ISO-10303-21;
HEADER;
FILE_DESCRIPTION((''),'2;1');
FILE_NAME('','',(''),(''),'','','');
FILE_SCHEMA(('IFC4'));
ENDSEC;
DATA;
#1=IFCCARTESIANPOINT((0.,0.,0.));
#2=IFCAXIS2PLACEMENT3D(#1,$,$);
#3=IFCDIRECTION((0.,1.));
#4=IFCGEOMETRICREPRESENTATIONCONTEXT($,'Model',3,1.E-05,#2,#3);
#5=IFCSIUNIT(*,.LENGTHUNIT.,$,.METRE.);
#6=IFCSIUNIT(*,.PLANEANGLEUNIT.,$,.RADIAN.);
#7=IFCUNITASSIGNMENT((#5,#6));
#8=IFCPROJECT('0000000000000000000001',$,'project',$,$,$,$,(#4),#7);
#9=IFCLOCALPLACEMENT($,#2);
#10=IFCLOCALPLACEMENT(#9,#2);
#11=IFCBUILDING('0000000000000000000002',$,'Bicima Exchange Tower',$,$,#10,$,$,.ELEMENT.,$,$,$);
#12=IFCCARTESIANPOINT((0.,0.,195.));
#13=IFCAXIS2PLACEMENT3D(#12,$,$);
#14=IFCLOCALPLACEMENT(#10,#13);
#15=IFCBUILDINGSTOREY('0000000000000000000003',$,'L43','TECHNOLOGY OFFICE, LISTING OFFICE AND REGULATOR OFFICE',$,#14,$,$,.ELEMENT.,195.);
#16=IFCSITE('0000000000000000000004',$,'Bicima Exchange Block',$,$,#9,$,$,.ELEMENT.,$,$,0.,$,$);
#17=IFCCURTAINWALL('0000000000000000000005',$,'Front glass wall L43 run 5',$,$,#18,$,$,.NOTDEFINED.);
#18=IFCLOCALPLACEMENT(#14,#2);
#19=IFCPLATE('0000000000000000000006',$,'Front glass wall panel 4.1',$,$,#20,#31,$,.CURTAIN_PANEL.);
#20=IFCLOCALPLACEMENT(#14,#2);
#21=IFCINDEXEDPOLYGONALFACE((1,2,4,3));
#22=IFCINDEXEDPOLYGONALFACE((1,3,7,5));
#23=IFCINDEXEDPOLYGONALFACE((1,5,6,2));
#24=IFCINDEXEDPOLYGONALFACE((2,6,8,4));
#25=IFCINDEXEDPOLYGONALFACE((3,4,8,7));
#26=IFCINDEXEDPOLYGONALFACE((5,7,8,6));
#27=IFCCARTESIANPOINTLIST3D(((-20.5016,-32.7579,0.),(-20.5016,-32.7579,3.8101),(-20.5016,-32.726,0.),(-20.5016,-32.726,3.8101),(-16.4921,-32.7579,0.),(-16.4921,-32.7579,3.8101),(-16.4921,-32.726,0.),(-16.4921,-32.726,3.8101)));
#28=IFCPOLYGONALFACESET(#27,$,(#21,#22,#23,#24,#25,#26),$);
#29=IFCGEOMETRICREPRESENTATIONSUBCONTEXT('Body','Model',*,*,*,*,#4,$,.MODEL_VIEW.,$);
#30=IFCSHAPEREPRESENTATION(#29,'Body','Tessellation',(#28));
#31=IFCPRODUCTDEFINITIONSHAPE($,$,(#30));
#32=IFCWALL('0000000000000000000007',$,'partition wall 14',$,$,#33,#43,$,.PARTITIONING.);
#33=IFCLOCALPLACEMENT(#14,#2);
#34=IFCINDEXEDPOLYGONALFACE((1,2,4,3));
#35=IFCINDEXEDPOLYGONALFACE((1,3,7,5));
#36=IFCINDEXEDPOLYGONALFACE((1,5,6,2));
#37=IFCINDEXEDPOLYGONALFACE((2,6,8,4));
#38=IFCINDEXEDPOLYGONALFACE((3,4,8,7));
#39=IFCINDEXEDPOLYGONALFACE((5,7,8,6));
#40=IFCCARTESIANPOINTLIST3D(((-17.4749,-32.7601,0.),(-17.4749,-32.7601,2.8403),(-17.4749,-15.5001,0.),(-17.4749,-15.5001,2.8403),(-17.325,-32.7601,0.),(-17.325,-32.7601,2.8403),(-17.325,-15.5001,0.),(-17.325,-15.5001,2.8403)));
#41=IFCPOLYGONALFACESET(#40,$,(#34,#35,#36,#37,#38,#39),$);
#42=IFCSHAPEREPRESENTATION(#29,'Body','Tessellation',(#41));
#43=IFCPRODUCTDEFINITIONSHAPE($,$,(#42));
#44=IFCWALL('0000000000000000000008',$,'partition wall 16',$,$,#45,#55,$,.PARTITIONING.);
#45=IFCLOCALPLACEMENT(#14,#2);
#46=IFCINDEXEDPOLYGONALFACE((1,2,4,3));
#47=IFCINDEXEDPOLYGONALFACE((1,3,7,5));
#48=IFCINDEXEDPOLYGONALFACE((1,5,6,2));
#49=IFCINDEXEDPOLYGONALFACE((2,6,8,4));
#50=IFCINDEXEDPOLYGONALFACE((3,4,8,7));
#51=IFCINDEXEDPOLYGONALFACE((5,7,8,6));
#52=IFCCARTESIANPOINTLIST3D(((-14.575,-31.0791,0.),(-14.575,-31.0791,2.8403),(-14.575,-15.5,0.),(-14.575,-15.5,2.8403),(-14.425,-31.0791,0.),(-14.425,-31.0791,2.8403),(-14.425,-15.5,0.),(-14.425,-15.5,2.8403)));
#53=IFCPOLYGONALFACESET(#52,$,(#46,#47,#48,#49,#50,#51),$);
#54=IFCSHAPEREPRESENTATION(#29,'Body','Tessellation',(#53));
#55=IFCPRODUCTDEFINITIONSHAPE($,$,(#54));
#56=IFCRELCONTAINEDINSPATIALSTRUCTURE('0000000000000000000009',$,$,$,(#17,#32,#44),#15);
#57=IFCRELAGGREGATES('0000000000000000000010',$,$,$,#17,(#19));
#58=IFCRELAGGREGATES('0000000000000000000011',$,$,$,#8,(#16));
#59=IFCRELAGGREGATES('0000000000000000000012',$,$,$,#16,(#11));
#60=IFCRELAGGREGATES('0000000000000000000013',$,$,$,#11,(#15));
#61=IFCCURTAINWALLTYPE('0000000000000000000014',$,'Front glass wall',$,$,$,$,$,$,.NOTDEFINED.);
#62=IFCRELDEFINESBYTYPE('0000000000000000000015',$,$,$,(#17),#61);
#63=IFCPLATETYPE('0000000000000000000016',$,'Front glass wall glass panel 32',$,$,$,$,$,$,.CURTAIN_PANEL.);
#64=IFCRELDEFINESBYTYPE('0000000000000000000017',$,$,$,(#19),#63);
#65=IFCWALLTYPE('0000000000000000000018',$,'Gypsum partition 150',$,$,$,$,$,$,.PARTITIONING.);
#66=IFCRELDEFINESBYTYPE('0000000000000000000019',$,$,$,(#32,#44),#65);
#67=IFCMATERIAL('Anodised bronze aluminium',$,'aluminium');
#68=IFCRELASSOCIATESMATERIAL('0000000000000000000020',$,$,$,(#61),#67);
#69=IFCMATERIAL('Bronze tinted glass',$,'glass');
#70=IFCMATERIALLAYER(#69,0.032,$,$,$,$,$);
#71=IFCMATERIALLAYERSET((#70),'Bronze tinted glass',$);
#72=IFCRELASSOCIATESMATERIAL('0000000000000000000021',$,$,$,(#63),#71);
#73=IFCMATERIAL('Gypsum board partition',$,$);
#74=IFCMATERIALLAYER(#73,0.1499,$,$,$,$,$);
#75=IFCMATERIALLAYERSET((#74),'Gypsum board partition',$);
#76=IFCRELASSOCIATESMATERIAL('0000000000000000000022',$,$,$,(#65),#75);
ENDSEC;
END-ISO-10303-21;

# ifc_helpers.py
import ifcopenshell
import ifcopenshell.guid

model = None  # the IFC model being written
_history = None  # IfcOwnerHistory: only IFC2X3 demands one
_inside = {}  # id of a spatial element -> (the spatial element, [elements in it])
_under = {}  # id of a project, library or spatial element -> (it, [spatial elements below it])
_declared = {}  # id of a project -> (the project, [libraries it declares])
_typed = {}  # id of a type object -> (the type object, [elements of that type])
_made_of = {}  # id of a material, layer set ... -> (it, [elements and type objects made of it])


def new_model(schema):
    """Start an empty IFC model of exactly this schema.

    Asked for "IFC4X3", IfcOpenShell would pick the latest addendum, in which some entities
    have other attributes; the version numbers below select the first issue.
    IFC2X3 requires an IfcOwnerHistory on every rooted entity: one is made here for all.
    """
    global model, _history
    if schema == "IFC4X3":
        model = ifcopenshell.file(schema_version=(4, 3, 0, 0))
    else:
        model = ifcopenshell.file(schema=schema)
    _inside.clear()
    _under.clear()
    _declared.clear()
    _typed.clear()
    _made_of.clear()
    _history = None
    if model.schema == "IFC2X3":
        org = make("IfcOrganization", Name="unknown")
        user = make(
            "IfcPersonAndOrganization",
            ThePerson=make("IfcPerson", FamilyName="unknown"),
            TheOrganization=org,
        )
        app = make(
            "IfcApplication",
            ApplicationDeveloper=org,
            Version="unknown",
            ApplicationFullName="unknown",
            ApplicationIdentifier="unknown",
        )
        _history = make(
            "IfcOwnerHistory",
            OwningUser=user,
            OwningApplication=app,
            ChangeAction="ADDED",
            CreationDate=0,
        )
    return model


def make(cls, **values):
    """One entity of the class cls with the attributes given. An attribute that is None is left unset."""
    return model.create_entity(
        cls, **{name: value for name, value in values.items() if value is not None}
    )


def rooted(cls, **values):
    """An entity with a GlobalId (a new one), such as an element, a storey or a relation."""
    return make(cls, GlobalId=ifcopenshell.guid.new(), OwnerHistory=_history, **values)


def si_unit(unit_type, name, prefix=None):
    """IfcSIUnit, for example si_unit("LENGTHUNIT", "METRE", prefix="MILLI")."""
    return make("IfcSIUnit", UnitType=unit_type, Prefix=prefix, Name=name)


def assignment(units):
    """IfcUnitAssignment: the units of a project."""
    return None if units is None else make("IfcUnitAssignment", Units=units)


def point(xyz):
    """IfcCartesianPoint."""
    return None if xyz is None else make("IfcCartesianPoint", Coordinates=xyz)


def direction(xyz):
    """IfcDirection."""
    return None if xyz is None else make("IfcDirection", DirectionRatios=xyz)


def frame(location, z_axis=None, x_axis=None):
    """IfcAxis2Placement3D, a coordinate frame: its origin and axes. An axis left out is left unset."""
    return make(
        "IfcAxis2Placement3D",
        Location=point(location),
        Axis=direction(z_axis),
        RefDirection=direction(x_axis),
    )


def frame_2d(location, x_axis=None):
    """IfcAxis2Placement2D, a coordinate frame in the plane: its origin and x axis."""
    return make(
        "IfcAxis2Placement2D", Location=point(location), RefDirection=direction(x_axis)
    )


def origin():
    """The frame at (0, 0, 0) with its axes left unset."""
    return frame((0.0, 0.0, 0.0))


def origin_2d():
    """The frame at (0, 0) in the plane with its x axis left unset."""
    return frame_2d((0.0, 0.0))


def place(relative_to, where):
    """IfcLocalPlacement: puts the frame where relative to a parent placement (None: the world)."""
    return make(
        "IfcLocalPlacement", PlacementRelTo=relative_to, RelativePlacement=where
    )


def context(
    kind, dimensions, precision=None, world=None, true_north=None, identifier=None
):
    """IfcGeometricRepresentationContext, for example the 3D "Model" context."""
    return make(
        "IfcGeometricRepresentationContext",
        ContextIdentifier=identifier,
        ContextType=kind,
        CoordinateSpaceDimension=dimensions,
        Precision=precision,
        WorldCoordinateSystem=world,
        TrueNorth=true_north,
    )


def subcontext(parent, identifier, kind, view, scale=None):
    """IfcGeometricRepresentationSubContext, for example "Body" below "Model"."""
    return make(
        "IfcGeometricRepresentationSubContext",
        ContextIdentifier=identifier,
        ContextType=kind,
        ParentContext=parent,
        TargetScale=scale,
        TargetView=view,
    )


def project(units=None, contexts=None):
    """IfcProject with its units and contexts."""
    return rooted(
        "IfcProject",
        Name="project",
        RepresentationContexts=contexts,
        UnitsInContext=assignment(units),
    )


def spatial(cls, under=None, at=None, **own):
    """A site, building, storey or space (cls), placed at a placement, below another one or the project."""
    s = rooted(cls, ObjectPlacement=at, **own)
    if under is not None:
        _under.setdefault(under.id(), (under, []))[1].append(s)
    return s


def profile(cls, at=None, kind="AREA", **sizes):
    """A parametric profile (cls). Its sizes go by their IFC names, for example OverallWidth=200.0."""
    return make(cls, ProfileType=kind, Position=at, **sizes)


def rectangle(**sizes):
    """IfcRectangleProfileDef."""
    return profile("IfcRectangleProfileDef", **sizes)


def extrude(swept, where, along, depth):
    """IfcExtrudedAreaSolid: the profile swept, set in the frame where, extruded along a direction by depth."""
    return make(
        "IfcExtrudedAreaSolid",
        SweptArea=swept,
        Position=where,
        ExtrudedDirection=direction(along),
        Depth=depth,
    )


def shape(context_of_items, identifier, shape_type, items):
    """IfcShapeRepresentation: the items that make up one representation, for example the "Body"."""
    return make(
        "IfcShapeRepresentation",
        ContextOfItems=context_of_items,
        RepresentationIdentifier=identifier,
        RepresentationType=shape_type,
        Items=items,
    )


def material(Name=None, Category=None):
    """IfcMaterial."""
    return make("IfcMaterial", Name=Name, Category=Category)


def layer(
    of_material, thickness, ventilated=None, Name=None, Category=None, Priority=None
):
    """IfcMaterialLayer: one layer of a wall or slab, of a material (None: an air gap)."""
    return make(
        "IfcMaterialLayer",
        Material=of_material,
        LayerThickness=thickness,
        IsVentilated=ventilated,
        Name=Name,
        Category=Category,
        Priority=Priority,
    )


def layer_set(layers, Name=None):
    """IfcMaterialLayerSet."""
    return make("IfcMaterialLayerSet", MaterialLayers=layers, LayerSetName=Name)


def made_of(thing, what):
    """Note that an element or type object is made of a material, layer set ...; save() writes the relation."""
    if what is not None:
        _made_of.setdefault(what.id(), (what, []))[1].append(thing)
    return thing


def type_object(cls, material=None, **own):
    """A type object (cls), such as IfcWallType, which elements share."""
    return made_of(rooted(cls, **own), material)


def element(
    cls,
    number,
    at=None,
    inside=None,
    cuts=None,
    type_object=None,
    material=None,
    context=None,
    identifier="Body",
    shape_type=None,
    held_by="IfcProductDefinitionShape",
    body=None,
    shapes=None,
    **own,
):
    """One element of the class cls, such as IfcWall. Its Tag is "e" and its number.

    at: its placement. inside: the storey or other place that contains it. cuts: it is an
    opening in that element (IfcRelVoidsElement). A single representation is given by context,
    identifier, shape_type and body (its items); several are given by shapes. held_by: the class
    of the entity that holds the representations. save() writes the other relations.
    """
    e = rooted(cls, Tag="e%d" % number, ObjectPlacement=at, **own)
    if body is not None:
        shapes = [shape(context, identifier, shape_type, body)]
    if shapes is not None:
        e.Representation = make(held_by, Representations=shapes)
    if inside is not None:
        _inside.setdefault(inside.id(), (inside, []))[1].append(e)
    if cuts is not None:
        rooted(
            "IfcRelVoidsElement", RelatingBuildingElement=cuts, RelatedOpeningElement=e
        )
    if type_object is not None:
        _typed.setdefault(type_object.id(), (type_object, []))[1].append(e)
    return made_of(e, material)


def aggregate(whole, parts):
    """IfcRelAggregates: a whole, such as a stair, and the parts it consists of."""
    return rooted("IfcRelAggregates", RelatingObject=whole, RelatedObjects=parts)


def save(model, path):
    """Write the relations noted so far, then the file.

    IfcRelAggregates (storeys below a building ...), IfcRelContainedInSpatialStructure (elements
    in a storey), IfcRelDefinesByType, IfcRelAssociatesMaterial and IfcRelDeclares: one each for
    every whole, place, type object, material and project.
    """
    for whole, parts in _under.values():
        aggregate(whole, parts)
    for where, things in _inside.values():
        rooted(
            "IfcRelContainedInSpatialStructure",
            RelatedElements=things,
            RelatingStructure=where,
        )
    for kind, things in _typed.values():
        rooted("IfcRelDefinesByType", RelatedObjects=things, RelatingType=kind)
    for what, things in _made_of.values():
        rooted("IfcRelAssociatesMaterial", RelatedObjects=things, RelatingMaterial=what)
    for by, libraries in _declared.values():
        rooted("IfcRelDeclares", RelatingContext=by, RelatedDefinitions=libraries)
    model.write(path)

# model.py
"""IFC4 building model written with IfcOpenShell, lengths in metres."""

from ifc_helpers import new_model, si_unit, direction, frame, frame_2d, origin, origin_2d, place, context, subcontext, project, spatial, rectangle, extrude, material, layer, layer_set, type_object, element, aggregate, save


model = new_model("IFC4")

# Units and contexts
model_context = context("Model", 3, precision=1e-05, world=origin(), true_north=direction((0.0, 1.0)))
body_context = subcontext(model_context, "Body", "Model", "MODEL_VIEW")
ifc_project = project(units=[si_unit("LENGTHUNIT", "METRE"), si_unit("PLANEANGLEUNIT", "RADIAN")], contexts=[model_context])

# Site, building, storey
site_placement = place(None, origin())
site = spatial("IfcSite", under=ifc_project, at=site_placement, Name="Bicima Exchange Block", CompositionType="ELEMENT", RefElevation=0.0)
building_placement = place(site_placement, origin())
building = spatial("IfcBuilding", under=site, at=building_placement, Name="Bicima Exchange Tower", CompositionType="ELEMENT")
storey_placement = place(building_placement, frame((0.0, 0.0, 195.0)))
storey = spatial("IfcBuildingStorey", under=building, at=storey_placement, Name="L43", Description="TECHNOLOGY OFFICE, LISTING OFFICE AND REGULATOR OFFICE", CompositionType="ELEMENT", Elevation=195.0)

# Curtain wall
ifc_material_1 = material(Name="Anodised bronze aluminium", Category="aluminium")
curtain_wall_type = type_object("IfcCurtainWallType", Name="Front glass wall", PredefinedType="NOTDEFINED", material=ifc_material_1)
curtain_wall_1_placement = place(storey_placement, origin())
curtain_wall_1 = element("IfcCurtainWall", 1, at=curtain_wall_1_placement, inside=storey, type_object=curtain_wall_type, Name="Front glass wall L43 run 5", PredefinedType="NOTDEFINED")

# Plate
ifc_material_2 = material(Name="Bronze tinted glass", Category="glass")
ifc_layer_1 = layer(ifc_material_2, 0.032)
ifc_layer_set_1 = layer_set([ifc_layer_1], Name="Bronze tinted glass")
plate_type_1 = type_object("IfcPlateType", Name="Front glass wall glass panel 32", PredefinedType="CURTAIN_PANEL", material=ifc_layer_set_1)
plate_1_placement = place(storey_placement, frame((-18.4968, -32.7419, 0.0), z_axis=(0.0, 0.0, 1.0), x_axis=(1.0, 0.0, 0.0)))
plate_1 = element("IfcPlate", 2, at=plate_1_placement, type_object=plate_type_1, Name="Front glass wall panel 4.1", PredefinedType="CURTAIN_PANEL", context=body_context, shape_type="SweptSolid", body=[
    extrude(rectangle(XDim=4.0095, YDim=0.032, at=origin_2d()), origin(), (0.0, 0.0, 1.0), 3.8101),
])
aggregate(curtain_wall_1, [plate_1])

# Walls
ifc_material_3 = material(Name="Gypsum board partition")
ifc_layer_2 = layer(ifc_material_3, 0.1499)
ifc_layer_set_2 = layer_set([ifc_layer_2], Name="Gypsum board partition")
wall_type = type_object("IfcWallType", Name="Gypsum partition 150", PredefinedType="PARTITIONING", material=ifc_layer_set_2)
wall_1_placement = place(storey_placement, frame((-17.3999, -32.76, 0.0), z_axis=(0.0, 0.0, 1.0), x_axis=(0.0, 1.0, 0.0)))
element("IfcWall", 3, at=wall_1_placement, inside=storey, type_object=wall_type, Name="partition wall 14", PredefinedType="PARTITIONING", context=body_context, shape_type="SweptSolid", body=[
    extrude(rectangle(XDim=17.26, YDim=0.1499, at=frame_2d((8.6299, 0.0))), origin(), (0.0, 0.0, 1.0), 2.8403),
])
wall_2_placement = place(storey_placement, frame((-14.5, -31.0791, 0.0), z_axis=(0.0, 0.0, 1.0), x_axis=(0.0, 1.0, 0.0)))
element("IfcWall", 4, at=wall_2_placement, inside=storey, type_object=wall_type, Name="partition wall 16", PredefinedType="PARTITIONING", context=body_context, shape_type="SweptSolid", body=[
    extrude(rectangle(XDim=15.5791, YDim=0.1499, at=frame_2d((7.7896, 0.0))), origin(), (0.0, 0.0, 1.0), 2.8403),
])

save(model, "model.ifc")
